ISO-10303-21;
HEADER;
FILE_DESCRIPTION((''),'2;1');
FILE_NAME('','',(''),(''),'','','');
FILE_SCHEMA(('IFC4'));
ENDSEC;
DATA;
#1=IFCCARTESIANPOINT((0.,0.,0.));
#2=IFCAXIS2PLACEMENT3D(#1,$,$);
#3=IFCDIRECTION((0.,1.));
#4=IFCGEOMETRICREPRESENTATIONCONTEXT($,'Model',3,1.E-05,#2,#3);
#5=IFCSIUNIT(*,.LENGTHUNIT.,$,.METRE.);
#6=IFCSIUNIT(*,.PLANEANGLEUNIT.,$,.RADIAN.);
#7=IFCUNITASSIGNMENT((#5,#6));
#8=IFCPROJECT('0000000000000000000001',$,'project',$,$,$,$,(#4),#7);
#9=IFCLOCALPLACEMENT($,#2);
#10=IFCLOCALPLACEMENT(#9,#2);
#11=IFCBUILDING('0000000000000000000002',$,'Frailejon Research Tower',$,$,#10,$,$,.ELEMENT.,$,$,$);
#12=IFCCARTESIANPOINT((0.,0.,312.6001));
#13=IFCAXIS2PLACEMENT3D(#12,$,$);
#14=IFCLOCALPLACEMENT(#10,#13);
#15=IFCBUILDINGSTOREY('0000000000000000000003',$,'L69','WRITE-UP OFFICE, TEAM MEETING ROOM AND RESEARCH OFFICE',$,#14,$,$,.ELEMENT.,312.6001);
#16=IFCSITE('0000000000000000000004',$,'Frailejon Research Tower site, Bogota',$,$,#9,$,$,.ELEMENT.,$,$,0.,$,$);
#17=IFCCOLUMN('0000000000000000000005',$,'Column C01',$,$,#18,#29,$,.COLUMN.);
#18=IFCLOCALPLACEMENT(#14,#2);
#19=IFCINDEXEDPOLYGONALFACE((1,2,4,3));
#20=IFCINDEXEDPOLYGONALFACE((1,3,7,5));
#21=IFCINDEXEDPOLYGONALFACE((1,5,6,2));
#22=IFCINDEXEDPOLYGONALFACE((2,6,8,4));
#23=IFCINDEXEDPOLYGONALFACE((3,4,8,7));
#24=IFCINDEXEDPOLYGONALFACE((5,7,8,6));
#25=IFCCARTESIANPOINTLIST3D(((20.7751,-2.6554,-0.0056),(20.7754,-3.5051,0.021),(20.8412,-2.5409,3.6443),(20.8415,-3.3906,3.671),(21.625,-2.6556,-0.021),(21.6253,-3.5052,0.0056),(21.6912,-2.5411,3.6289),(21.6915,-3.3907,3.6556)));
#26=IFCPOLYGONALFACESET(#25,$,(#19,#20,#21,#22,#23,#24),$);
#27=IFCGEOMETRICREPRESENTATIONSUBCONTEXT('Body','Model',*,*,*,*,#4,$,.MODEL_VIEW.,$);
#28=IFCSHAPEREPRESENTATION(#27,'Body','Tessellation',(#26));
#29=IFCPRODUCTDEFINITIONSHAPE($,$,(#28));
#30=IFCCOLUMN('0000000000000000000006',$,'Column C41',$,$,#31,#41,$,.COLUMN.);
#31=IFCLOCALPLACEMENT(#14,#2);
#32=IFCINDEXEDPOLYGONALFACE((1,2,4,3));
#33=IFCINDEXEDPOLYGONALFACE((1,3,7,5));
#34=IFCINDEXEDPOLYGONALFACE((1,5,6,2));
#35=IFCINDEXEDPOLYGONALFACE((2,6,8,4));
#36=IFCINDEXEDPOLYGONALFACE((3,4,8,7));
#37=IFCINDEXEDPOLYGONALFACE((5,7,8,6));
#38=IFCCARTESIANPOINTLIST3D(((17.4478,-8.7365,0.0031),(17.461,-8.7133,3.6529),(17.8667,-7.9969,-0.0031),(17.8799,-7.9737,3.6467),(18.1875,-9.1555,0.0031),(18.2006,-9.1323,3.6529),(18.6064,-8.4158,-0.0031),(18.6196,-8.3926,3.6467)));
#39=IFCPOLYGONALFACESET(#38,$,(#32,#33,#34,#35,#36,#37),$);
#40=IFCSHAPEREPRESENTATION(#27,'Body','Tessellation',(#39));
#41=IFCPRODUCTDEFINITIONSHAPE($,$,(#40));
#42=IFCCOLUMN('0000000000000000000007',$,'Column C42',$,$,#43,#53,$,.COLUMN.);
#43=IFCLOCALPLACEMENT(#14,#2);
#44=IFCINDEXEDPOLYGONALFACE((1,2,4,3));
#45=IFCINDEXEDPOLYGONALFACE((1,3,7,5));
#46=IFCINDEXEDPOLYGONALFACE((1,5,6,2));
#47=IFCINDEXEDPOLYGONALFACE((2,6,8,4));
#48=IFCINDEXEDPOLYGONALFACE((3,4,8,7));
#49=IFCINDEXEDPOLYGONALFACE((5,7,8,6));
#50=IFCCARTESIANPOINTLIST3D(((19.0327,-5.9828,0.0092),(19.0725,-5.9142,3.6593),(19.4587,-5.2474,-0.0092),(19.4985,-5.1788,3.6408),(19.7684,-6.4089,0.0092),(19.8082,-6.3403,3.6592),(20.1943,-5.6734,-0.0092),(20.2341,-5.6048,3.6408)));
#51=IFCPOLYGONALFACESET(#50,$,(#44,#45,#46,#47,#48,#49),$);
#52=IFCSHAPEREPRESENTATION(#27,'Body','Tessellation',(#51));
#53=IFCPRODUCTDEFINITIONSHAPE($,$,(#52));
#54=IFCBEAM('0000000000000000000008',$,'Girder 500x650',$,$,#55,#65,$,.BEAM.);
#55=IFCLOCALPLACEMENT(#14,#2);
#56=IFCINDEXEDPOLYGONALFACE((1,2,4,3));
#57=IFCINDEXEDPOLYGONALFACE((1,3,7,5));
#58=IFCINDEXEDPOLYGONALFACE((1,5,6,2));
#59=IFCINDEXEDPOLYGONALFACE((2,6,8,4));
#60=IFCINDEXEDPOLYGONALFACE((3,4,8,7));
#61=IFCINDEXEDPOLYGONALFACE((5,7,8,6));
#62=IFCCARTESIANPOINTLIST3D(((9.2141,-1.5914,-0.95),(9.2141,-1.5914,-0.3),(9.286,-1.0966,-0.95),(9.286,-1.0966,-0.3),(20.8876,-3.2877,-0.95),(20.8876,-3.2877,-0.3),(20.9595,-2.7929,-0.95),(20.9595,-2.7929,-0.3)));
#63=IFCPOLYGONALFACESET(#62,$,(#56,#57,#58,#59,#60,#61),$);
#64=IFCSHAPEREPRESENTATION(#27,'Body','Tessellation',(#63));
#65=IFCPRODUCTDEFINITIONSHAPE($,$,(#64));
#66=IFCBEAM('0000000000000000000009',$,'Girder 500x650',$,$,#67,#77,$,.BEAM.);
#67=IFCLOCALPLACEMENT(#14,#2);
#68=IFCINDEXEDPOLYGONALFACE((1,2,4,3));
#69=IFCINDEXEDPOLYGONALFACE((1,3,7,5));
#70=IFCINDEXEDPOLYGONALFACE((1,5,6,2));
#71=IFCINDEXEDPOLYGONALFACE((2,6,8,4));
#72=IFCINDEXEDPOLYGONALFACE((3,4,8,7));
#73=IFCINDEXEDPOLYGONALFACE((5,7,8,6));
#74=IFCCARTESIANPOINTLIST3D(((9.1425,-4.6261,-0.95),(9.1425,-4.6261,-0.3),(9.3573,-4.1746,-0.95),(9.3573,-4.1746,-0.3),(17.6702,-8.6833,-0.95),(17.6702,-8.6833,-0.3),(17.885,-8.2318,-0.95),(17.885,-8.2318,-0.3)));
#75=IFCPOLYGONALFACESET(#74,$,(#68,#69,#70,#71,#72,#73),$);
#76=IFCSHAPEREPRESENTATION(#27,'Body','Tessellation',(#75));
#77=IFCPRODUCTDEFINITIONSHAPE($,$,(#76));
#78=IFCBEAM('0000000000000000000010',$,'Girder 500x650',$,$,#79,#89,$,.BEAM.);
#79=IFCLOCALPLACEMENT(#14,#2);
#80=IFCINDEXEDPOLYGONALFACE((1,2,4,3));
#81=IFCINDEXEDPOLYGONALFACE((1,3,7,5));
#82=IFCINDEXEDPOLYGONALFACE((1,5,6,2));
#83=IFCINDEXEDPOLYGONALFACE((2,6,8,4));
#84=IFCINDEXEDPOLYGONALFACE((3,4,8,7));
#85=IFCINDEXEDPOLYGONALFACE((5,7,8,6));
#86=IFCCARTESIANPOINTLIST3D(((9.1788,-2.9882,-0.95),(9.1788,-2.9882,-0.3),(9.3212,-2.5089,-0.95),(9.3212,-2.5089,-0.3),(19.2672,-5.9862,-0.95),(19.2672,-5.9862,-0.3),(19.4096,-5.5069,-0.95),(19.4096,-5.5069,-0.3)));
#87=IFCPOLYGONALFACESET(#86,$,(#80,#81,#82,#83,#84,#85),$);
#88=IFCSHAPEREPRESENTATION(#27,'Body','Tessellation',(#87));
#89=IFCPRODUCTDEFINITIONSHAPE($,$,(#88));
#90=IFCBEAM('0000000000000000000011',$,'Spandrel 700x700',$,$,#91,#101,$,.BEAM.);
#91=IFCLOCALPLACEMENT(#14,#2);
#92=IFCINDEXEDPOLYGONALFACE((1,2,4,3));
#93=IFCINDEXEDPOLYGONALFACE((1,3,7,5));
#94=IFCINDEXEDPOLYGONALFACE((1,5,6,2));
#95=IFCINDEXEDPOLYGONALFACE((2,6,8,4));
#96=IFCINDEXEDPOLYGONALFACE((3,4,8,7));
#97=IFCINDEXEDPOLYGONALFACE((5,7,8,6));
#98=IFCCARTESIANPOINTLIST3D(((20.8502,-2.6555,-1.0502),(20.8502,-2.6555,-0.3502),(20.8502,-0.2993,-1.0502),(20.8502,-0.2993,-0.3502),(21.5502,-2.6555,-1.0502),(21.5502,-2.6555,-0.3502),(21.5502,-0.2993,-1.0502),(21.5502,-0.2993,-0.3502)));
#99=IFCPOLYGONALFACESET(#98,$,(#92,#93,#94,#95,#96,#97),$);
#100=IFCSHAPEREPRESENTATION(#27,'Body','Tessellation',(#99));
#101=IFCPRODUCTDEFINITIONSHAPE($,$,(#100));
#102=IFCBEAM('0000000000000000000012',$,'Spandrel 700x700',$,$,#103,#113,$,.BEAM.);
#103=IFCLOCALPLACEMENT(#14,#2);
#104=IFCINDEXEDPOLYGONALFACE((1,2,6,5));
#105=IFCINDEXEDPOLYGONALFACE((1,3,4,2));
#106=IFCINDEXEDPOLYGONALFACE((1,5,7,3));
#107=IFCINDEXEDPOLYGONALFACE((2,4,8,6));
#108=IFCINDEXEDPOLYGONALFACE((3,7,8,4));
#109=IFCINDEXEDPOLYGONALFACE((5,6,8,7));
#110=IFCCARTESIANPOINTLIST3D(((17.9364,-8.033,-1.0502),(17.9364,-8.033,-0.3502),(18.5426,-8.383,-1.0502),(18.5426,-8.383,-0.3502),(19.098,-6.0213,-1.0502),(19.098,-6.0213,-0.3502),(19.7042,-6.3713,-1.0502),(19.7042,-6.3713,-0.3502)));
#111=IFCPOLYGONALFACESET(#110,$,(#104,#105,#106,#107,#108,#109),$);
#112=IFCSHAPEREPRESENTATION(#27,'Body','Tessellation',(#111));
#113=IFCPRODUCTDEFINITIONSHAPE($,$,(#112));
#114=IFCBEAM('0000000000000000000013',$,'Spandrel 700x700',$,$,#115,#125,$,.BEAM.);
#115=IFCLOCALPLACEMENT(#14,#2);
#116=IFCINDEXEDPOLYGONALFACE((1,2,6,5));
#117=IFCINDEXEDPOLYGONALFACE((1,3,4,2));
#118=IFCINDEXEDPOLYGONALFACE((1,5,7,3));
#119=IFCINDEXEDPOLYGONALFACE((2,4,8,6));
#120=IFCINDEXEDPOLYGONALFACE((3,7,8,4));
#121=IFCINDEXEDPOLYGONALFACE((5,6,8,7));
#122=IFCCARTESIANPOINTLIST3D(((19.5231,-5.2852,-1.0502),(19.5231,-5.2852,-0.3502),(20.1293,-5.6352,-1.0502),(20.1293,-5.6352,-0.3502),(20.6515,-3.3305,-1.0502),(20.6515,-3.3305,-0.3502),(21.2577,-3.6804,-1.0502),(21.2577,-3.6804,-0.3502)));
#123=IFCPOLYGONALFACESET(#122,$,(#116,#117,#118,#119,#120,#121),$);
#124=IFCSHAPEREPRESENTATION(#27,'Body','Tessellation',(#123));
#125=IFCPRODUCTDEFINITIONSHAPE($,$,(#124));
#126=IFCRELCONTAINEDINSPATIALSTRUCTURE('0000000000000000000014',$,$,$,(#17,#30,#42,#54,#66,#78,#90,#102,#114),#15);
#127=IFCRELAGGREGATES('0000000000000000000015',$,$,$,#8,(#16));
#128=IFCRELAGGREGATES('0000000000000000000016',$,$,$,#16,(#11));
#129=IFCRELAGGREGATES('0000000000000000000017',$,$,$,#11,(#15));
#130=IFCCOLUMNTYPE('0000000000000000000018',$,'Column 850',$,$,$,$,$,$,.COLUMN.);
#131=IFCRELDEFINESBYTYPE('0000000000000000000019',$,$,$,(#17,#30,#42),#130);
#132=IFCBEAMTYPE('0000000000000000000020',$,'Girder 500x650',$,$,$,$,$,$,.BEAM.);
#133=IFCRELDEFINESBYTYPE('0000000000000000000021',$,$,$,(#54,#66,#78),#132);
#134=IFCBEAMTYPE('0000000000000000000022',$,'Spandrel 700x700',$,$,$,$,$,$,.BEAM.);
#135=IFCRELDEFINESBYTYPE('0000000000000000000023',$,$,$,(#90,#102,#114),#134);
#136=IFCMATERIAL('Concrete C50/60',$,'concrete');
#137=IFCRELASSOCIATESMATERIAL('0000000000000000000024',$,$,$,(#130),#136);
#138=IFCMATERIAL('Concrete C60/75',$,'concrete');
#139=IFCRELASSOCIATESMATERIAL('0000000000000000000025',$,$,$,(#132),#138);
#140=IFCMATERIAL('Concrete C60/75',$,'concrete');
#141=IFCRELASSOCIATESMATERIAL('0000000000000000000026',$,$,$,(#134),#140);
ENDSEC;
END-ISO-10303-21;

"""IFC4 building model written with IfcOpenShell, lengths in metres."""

from ifc_helpers import new_model, si_unit, direction, frame, origin, origin_2d, place, context, subcontext, project, spatial, rectangle, extrude, material, material_profile, profile_set, type_object, element, save


model = new_model("IFC4")

# Units and contexts
model_context = context("Model", 3, precision=1e-05, world=origin(), true_north=direction((0.0, 1.0)))
body_context = subcontext(model_context, "Body", "Model", "MODEL_VIEW")
ifc_project = project(units=[si_unit("LENGTHUNIT", "METRE"), si_unit("PLANEANGLEUNIT", "RADIAN")], contexts=[model_context])

# Site, building, storey
site_placement = place(None, origin())
site = spatial("IfcSite", under=ifc_project, at=site_placement, Name="Frailejon Research Tower site, Bogota", CompositionType="ELEMENT", RefElevation=0.0)
building_placement = place(site_placement, origin())
building = spatial("IfcBuilding", under=site, at=building_placement, Name="Frailejon Research Tower", CompositionType="ELEMENT")
storey_placement = place(building_placement, frame((0.0, 0.0, 312.6001)))
storey = spatial("IfcBuildingStorey", under=building, at=storey_placement, Name="L69", Description="WRITE-UP OFFICE, TEAM MEETING ROOM AND RESEARCH OFFICE", CompositionType="ELEMENT", Elevation=312.6001)

# Columns
ifc_material_1 = material(Name="Concrete C50/60", Category="concrete")
ifc_material_profile_1 = material_profile(ifc_material_1, rectangle(XDim=0.8501, YDim=0.8501, at=origin_2d()), Name="Column 850")
ifc_profile_set_1 = profile_set([ifc_material_profile_1], Name="Concrete C50/60")
column_type = type_object("IfcColumnType", Name="Column 850", PredefinedType="COLUMN", material=ifc_profile_set_1)
column_1_placement = place(storey_placement, frame((21.2002, -3.0803, 0.0), z_axis=(0.018115, 0.031351, 0.999344), x_axis=(-0.000375, 0.999508, -0.031349)))
element("IfcColumn", 1, at=column_1_placement, inside=storey, type_object=column_type, Name="Column C01", PredefinedType="COLUMN", context=body_context, shape_type="SweptSolid", body=[
    extrude(rectangle(XDim=0.8501, YDim=0.8501, at=origin_2d()), origin(), (0.0, 0.0, 1.0), 3.6523),
])
column_2_placement = place(storey_placement, frame((18.0271, -8.5762, 0.0), z_axis=(0.003612, 0.006354, 0.999973), x_axis=(0.49284, 0.870089, -0.007309)))
element("IfcColumn", 2, at=column_2_placement, inside=storey, type_object=column_type, Name="Column C41", PredefinedType="COLUMN", context=body_context, shape_type="SweptSolid", body=[
    extrude(rectangle(XDim=0.8501, YDim=0.8501, at=origin_2d()), origin(), (0.0, 0.0, 1.0), 3.6499),
])
column_3_placement = place(storey_placement, frame((19.6135, -5.8281, 0.0), z_axis=(0.0109, 0.018792, 0.999764), x_axis=(0.501063, 0.865138, -0.021724)))
element("IfcColumn", 3, at=column_3_placement, inside=storey, type_object=column_type, Name="Column C42", PredefinedType="COLUMN", context=body_context, shape_type="SweptSolid", body=[
    extrude(rectangle(XDim=0.8501, YDim=0.8501, at=origin_2d()), origin(), (0.0, 0.0, 1.0), 3.6509),
])

# Beams
ifc_material_2 = material(Name="Concrete C60/75", Category="concrete")
ifc_material_profile_2 = material_profile(ifc_material_2, rectangle(XDim=0.5, YDim=0.6499, at=origin_2d()), Name="Girder 500x650")
ifc_profile_set_2 = profile_set([ifc_material_profile_2], Name="Concrete C60/75")
beam_type_1 = type_object("IfcBeamType", Name="Girder 500x650", PredefinedType="BEAM", material=ifc_profile_set_2)
beam_1_placement = place(storey_placement, frame((20.9236, -3.0403, -0.625), z_axis=(-0.989607, 0.1438, 0.0), x_axis=(-0.1438, -0.989607, 0.0)))
element("IfcBeam", 4, at=beam_1_placement, inside=storey, type_object=beam_type_1, Name="Girder 500x650", PredefinedType="BEAM", context=body_context, shape_type="SweptSolid", body=[
    extrude(rectangle(XDim=0.5, YDim=0.6499, at=origin_2d()), origin(), (0.0, 0.0, 1.0), 11.7961),
])
beam_2_placement = place(storey_placement, frame((17.7776, -8.4575, -0.625), z_axis=(-0.90301, 0.42962, 0.0), x_axis=(-0.42962, -0.90301, 0.0)))
element("IfcBeam", 5, at=beam_2_placement, inside=storey, type_object=beam_type_1, Name="Girder 500x650", PredefinedType="BEAM", context=body_context, shape_type="SweptSolid", body=[
    extrude(rectangle(XDim=0.5, YDim=0.6499, at=origin_2d()), origin(), (0.0, 0.0, 1.0), 9.4436),
])
beam_3_placement = place(storey_placement, frame((19.3384, -5.7466, -0.625), z_axis=(-0.958568, 0.284865, 0.0), x_axis=(-0.284865, -0.958568, 0.0)))
element("IfcBeam", 6, at=beam_3_placement, inside=storey, type_object=beam_type_1, Name="Girder 500x650", PredefinedType="BEAM", context=body_context, shape_type="SweptSolid", body=[
    extrude(rectangle(XDim=0.5, YDim=0.6499, at=origin_2d()), origin(), (0.0, 0.0, 1.0), 10.5244),
])
ifc_material_3 = material(Name="Concrete C60/75", Category="concrete")
ifc_material_profile_3 = material_profile(ifc_material_3, rectangle(XDim=0.7, YDim=0.7, at=origin_2d()), Name="Spandrel 700x700")
ifc_profile_set_3 = profile_set([ifc_material_profile_3], Name="Concrete C60/75")
beam_type_2 = type_object("IfcBeamType", Name="Spandrel 700x700", PredefinedType="BEAM", material=ifc_profile_set_3)
beam_4_placement = place(storey_placement, frame((21.2002, -2.6555, -0.7002), z_axis=(0.0, 1.0, 0.0), x_axis=(-1.0, 0.0, 0.0)))
element("IfcBeam", 7, at=beam_4_placement, inside=storey, type_object=beam_type_2, Name="Spandrel 700x700", PredefinedType="BEAM", context=body_context, shape_type="SweptSolid", body=[
    extrude(rectangle(XDim=0.7, YDim=0.7, at=origin_2d()), origin(), (0.0, 0.0, 1.0), 2.3562),
])
beam_5_placement = place(storey_placement, frame((18.2395, -8.208, -0.7002), z_axis=(0.50005, 0.865997, 0.0), x_axis=(-0.865997, 0.50005, 0.0)))
element("IfcBeam", 8, at=beam_5_placement, inside=storey, type_object=beam_type_2, Name="Spandrel 700x700", PredefinedType="BEAM", context=body_context, shape_type="SweptSolid", body=[
    extrude(rectangle(XDim=0.7, YDim=0.7, at=origin_2d()), origin(), (0.0, 0.0, 1.0), 2.323),
])
beam_6_placement = place(storey_placement, frame((19.8262, -5.4602, -0.7002), z_axis=(0.499932, 0.866065, 0.0), x_axis=(-0.866065, 0.499932, 0.0)))
element("IfcBeam", 9, at=beam_6_placement, inside=storey, type_object=beam_type_2, Name="Spandrel 700x700", PredefinedType="BEAM", context=body_context, shape_type="SweptSolid", body=[
    extrude(rectangle(XDim=0.7, YDim=0.7, at=origin_2d()), origin(), (0.0, 0.0, 1.0), 2.2571),
])

save(model, "model.ifc")
